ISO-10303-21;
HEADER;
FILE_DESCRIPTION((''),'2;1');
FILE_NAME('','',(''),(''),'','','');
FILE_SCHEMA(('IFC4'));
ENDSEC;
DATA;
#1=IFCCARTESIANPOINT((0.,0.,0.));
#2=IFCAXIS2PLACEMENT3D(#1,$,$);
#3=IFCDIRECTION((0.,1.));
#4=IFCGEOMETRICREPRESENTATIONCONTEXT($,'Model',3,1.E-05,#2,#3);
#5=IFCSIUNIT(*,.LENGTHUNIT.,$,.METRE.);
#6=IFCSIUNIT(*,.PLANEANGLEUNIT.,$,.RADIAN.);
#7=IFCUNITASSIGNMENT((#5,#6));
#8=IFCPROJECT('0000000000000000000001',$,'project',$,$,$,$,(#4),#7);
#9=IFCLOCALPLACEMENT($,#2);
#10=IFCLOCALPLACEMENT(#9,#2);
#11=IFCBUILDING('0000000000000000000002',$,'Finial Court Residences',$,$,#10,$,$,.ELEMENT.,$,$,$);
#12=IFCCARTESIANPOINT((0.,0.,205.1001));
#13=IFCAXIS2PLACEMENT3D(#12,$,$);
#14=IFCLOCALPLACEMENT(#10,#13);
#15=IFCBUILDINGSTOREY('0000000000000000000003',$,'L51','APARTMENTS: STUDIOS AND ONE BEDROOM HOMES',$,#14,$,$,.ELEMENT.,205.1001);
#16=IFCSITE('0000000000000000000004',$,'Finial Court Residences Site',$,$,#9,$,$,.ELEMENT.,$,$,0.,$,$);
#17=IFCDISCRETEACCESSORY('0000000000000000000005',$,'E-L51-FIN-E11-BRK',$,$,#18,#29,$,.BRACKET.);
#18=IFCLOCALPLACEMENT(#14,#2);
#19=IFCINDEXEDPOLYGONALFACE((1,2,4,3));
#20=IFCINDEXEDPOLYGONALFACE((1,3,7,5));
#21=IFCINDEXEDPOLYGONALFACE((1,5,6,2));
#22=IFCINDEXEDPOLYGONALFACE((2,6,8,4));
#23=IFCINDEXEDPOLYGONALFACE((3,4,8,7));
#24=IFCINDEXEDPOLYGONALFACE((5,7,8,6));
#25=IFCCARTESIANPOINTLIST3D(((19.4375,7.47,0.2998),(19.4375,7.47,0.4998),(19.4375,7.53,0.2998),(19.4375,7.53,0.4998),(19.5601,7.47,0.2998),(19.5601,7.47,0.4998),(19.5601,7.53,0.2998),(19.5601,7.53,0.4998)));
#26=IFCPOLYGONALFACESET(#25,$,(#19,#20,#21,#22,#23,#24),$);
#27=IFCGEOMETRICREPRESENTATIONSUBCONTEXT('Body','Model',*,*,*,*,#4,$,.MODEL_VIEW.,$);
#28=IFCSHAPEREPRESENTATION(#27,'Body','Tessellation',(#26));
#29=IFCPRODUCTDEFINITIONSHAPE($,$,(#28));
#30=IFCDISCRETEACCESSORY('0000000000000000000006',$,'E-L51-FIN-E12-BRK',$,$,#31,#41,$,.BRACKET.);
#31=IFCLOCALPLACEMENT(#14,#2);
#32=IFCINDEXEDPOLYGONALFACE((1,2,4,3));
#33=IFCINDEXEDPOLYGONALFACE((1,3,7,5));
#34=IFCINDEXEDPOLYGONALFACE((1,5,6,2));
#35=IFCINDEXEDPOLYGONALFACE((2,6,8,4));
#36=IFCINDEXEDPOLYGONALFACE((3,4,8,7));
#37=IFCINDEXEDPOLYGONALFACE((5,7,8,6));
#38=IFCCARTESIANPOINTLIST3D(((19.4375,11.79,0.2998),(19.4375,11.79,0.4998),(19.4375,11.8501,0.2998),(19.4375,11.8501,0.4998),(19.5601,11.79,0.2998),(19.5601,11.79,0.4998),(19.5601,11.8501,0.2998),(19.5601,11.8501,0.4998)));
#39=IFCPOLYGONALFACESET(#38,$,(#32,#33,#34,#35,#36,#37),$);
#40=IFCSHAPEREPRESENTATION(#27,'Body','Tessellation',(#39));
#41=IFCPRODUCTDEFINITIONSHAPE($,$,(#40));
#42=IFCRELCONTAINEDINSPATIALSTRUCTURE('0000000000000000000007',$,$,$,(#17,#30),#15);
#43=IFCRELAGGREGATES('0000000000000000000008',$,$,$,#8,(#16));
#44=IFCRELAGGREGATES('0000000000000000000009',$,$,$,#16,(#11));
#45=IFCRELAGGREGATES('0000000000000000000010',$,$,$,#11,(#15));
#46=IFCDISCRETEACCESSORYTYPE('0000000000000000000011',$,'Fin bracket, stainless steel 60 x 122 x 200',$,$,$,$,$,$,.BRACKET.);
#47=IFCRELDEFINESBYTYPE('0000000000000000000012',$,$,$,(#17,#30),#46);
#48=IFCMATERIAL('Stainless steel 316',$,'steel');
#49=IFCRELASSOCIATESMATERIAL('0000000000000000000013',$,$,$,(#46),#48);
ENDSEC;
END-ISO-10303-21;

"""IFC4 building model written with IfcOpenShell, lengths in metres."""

from ifc_helpers import new_model, si_unit, direction, frame, origin, origin_2d, place, context, subcontext, project, spatial, rectangle, extrude, material, type_object, element, save


model = new_model("IFC4")

# Units and contexts
model_context = context("Model", 3, precision=1e-05, world=origin(), true_north=direction((0.0, 1.0)))
body_context = subcontext(model_context, "Body", "Model", "MODEL_VIEW")
ifc_project = project(units=[si_unit("LENGTHUNIT", "METRE"), si_unit("PLANEANGLEUNIT", "RADIAN")], contexts=[model_context])

# Site, building, storey
site_placement = place(None, origin())
site = spatial("IfcSite", under=ifc_project, at=site_placement, Name="Finial Court Residences Site", CompositionType="ELEMENT", RefElevation=0.0)
building_placement = place(site_placement, origin())
building = spatial("IfcBuilding", under=site, at=building_placement, Name="Finial Court Residences", CompositionType="ELEMENT")
storey_placement = place(building_placement, frame((0.0, 0.0, 205.1001)))
storey = spatial("IfcBuildingStorey", under=building, at=storey_placement, Name="L51", Description="APARTMENTS: STUDIOS AND ONE BEDROOM HOMES", CompositionType="ELEMENT", Elevation=205.1001)

# Discrete accessories
ifc_material_1 = material(Name="Stainless steel 316", Category="steel")
discrete_accessory_type = type_object("IfcDiscreteAccessoryType", Name="Fin bracket, stainless steel 60 x 122 x 200", PredefinedType="BRACKET", material=ifc_material_1)
for number, where, z_axis, x_axis, name in (
    (1, (19.4988, 7.5, 0.2998), (0.0, 0.0, 1.0), (1.0, 0.0, 0.0), "E-L51-FIN-E11-BRK"),
    (2, (19.4988, 11.8201, 0.2998), (0.0, 0.0, 1.0), (1.0, 0.0, 0.0), "E-L51-FIN-E12-BRK"),
):
    element("IfcDiscreteAccessory", number, at=place(storey_placement, frame(where, z_axis=z_axis, x_axis=x_axis)), inside=storey, type_object=discrete_accessory_type, Name=name, PredefinedType="BRACKET", context=body_context, shape_type="SweptSolid", body=[
        extrude(rectangle(XDim=0.1226, YDim=0.0601, at=origin_2d()), origin(), (0.0, 0.0, 1.0), 0.2),
    ])

save(model, "model.ifc")
